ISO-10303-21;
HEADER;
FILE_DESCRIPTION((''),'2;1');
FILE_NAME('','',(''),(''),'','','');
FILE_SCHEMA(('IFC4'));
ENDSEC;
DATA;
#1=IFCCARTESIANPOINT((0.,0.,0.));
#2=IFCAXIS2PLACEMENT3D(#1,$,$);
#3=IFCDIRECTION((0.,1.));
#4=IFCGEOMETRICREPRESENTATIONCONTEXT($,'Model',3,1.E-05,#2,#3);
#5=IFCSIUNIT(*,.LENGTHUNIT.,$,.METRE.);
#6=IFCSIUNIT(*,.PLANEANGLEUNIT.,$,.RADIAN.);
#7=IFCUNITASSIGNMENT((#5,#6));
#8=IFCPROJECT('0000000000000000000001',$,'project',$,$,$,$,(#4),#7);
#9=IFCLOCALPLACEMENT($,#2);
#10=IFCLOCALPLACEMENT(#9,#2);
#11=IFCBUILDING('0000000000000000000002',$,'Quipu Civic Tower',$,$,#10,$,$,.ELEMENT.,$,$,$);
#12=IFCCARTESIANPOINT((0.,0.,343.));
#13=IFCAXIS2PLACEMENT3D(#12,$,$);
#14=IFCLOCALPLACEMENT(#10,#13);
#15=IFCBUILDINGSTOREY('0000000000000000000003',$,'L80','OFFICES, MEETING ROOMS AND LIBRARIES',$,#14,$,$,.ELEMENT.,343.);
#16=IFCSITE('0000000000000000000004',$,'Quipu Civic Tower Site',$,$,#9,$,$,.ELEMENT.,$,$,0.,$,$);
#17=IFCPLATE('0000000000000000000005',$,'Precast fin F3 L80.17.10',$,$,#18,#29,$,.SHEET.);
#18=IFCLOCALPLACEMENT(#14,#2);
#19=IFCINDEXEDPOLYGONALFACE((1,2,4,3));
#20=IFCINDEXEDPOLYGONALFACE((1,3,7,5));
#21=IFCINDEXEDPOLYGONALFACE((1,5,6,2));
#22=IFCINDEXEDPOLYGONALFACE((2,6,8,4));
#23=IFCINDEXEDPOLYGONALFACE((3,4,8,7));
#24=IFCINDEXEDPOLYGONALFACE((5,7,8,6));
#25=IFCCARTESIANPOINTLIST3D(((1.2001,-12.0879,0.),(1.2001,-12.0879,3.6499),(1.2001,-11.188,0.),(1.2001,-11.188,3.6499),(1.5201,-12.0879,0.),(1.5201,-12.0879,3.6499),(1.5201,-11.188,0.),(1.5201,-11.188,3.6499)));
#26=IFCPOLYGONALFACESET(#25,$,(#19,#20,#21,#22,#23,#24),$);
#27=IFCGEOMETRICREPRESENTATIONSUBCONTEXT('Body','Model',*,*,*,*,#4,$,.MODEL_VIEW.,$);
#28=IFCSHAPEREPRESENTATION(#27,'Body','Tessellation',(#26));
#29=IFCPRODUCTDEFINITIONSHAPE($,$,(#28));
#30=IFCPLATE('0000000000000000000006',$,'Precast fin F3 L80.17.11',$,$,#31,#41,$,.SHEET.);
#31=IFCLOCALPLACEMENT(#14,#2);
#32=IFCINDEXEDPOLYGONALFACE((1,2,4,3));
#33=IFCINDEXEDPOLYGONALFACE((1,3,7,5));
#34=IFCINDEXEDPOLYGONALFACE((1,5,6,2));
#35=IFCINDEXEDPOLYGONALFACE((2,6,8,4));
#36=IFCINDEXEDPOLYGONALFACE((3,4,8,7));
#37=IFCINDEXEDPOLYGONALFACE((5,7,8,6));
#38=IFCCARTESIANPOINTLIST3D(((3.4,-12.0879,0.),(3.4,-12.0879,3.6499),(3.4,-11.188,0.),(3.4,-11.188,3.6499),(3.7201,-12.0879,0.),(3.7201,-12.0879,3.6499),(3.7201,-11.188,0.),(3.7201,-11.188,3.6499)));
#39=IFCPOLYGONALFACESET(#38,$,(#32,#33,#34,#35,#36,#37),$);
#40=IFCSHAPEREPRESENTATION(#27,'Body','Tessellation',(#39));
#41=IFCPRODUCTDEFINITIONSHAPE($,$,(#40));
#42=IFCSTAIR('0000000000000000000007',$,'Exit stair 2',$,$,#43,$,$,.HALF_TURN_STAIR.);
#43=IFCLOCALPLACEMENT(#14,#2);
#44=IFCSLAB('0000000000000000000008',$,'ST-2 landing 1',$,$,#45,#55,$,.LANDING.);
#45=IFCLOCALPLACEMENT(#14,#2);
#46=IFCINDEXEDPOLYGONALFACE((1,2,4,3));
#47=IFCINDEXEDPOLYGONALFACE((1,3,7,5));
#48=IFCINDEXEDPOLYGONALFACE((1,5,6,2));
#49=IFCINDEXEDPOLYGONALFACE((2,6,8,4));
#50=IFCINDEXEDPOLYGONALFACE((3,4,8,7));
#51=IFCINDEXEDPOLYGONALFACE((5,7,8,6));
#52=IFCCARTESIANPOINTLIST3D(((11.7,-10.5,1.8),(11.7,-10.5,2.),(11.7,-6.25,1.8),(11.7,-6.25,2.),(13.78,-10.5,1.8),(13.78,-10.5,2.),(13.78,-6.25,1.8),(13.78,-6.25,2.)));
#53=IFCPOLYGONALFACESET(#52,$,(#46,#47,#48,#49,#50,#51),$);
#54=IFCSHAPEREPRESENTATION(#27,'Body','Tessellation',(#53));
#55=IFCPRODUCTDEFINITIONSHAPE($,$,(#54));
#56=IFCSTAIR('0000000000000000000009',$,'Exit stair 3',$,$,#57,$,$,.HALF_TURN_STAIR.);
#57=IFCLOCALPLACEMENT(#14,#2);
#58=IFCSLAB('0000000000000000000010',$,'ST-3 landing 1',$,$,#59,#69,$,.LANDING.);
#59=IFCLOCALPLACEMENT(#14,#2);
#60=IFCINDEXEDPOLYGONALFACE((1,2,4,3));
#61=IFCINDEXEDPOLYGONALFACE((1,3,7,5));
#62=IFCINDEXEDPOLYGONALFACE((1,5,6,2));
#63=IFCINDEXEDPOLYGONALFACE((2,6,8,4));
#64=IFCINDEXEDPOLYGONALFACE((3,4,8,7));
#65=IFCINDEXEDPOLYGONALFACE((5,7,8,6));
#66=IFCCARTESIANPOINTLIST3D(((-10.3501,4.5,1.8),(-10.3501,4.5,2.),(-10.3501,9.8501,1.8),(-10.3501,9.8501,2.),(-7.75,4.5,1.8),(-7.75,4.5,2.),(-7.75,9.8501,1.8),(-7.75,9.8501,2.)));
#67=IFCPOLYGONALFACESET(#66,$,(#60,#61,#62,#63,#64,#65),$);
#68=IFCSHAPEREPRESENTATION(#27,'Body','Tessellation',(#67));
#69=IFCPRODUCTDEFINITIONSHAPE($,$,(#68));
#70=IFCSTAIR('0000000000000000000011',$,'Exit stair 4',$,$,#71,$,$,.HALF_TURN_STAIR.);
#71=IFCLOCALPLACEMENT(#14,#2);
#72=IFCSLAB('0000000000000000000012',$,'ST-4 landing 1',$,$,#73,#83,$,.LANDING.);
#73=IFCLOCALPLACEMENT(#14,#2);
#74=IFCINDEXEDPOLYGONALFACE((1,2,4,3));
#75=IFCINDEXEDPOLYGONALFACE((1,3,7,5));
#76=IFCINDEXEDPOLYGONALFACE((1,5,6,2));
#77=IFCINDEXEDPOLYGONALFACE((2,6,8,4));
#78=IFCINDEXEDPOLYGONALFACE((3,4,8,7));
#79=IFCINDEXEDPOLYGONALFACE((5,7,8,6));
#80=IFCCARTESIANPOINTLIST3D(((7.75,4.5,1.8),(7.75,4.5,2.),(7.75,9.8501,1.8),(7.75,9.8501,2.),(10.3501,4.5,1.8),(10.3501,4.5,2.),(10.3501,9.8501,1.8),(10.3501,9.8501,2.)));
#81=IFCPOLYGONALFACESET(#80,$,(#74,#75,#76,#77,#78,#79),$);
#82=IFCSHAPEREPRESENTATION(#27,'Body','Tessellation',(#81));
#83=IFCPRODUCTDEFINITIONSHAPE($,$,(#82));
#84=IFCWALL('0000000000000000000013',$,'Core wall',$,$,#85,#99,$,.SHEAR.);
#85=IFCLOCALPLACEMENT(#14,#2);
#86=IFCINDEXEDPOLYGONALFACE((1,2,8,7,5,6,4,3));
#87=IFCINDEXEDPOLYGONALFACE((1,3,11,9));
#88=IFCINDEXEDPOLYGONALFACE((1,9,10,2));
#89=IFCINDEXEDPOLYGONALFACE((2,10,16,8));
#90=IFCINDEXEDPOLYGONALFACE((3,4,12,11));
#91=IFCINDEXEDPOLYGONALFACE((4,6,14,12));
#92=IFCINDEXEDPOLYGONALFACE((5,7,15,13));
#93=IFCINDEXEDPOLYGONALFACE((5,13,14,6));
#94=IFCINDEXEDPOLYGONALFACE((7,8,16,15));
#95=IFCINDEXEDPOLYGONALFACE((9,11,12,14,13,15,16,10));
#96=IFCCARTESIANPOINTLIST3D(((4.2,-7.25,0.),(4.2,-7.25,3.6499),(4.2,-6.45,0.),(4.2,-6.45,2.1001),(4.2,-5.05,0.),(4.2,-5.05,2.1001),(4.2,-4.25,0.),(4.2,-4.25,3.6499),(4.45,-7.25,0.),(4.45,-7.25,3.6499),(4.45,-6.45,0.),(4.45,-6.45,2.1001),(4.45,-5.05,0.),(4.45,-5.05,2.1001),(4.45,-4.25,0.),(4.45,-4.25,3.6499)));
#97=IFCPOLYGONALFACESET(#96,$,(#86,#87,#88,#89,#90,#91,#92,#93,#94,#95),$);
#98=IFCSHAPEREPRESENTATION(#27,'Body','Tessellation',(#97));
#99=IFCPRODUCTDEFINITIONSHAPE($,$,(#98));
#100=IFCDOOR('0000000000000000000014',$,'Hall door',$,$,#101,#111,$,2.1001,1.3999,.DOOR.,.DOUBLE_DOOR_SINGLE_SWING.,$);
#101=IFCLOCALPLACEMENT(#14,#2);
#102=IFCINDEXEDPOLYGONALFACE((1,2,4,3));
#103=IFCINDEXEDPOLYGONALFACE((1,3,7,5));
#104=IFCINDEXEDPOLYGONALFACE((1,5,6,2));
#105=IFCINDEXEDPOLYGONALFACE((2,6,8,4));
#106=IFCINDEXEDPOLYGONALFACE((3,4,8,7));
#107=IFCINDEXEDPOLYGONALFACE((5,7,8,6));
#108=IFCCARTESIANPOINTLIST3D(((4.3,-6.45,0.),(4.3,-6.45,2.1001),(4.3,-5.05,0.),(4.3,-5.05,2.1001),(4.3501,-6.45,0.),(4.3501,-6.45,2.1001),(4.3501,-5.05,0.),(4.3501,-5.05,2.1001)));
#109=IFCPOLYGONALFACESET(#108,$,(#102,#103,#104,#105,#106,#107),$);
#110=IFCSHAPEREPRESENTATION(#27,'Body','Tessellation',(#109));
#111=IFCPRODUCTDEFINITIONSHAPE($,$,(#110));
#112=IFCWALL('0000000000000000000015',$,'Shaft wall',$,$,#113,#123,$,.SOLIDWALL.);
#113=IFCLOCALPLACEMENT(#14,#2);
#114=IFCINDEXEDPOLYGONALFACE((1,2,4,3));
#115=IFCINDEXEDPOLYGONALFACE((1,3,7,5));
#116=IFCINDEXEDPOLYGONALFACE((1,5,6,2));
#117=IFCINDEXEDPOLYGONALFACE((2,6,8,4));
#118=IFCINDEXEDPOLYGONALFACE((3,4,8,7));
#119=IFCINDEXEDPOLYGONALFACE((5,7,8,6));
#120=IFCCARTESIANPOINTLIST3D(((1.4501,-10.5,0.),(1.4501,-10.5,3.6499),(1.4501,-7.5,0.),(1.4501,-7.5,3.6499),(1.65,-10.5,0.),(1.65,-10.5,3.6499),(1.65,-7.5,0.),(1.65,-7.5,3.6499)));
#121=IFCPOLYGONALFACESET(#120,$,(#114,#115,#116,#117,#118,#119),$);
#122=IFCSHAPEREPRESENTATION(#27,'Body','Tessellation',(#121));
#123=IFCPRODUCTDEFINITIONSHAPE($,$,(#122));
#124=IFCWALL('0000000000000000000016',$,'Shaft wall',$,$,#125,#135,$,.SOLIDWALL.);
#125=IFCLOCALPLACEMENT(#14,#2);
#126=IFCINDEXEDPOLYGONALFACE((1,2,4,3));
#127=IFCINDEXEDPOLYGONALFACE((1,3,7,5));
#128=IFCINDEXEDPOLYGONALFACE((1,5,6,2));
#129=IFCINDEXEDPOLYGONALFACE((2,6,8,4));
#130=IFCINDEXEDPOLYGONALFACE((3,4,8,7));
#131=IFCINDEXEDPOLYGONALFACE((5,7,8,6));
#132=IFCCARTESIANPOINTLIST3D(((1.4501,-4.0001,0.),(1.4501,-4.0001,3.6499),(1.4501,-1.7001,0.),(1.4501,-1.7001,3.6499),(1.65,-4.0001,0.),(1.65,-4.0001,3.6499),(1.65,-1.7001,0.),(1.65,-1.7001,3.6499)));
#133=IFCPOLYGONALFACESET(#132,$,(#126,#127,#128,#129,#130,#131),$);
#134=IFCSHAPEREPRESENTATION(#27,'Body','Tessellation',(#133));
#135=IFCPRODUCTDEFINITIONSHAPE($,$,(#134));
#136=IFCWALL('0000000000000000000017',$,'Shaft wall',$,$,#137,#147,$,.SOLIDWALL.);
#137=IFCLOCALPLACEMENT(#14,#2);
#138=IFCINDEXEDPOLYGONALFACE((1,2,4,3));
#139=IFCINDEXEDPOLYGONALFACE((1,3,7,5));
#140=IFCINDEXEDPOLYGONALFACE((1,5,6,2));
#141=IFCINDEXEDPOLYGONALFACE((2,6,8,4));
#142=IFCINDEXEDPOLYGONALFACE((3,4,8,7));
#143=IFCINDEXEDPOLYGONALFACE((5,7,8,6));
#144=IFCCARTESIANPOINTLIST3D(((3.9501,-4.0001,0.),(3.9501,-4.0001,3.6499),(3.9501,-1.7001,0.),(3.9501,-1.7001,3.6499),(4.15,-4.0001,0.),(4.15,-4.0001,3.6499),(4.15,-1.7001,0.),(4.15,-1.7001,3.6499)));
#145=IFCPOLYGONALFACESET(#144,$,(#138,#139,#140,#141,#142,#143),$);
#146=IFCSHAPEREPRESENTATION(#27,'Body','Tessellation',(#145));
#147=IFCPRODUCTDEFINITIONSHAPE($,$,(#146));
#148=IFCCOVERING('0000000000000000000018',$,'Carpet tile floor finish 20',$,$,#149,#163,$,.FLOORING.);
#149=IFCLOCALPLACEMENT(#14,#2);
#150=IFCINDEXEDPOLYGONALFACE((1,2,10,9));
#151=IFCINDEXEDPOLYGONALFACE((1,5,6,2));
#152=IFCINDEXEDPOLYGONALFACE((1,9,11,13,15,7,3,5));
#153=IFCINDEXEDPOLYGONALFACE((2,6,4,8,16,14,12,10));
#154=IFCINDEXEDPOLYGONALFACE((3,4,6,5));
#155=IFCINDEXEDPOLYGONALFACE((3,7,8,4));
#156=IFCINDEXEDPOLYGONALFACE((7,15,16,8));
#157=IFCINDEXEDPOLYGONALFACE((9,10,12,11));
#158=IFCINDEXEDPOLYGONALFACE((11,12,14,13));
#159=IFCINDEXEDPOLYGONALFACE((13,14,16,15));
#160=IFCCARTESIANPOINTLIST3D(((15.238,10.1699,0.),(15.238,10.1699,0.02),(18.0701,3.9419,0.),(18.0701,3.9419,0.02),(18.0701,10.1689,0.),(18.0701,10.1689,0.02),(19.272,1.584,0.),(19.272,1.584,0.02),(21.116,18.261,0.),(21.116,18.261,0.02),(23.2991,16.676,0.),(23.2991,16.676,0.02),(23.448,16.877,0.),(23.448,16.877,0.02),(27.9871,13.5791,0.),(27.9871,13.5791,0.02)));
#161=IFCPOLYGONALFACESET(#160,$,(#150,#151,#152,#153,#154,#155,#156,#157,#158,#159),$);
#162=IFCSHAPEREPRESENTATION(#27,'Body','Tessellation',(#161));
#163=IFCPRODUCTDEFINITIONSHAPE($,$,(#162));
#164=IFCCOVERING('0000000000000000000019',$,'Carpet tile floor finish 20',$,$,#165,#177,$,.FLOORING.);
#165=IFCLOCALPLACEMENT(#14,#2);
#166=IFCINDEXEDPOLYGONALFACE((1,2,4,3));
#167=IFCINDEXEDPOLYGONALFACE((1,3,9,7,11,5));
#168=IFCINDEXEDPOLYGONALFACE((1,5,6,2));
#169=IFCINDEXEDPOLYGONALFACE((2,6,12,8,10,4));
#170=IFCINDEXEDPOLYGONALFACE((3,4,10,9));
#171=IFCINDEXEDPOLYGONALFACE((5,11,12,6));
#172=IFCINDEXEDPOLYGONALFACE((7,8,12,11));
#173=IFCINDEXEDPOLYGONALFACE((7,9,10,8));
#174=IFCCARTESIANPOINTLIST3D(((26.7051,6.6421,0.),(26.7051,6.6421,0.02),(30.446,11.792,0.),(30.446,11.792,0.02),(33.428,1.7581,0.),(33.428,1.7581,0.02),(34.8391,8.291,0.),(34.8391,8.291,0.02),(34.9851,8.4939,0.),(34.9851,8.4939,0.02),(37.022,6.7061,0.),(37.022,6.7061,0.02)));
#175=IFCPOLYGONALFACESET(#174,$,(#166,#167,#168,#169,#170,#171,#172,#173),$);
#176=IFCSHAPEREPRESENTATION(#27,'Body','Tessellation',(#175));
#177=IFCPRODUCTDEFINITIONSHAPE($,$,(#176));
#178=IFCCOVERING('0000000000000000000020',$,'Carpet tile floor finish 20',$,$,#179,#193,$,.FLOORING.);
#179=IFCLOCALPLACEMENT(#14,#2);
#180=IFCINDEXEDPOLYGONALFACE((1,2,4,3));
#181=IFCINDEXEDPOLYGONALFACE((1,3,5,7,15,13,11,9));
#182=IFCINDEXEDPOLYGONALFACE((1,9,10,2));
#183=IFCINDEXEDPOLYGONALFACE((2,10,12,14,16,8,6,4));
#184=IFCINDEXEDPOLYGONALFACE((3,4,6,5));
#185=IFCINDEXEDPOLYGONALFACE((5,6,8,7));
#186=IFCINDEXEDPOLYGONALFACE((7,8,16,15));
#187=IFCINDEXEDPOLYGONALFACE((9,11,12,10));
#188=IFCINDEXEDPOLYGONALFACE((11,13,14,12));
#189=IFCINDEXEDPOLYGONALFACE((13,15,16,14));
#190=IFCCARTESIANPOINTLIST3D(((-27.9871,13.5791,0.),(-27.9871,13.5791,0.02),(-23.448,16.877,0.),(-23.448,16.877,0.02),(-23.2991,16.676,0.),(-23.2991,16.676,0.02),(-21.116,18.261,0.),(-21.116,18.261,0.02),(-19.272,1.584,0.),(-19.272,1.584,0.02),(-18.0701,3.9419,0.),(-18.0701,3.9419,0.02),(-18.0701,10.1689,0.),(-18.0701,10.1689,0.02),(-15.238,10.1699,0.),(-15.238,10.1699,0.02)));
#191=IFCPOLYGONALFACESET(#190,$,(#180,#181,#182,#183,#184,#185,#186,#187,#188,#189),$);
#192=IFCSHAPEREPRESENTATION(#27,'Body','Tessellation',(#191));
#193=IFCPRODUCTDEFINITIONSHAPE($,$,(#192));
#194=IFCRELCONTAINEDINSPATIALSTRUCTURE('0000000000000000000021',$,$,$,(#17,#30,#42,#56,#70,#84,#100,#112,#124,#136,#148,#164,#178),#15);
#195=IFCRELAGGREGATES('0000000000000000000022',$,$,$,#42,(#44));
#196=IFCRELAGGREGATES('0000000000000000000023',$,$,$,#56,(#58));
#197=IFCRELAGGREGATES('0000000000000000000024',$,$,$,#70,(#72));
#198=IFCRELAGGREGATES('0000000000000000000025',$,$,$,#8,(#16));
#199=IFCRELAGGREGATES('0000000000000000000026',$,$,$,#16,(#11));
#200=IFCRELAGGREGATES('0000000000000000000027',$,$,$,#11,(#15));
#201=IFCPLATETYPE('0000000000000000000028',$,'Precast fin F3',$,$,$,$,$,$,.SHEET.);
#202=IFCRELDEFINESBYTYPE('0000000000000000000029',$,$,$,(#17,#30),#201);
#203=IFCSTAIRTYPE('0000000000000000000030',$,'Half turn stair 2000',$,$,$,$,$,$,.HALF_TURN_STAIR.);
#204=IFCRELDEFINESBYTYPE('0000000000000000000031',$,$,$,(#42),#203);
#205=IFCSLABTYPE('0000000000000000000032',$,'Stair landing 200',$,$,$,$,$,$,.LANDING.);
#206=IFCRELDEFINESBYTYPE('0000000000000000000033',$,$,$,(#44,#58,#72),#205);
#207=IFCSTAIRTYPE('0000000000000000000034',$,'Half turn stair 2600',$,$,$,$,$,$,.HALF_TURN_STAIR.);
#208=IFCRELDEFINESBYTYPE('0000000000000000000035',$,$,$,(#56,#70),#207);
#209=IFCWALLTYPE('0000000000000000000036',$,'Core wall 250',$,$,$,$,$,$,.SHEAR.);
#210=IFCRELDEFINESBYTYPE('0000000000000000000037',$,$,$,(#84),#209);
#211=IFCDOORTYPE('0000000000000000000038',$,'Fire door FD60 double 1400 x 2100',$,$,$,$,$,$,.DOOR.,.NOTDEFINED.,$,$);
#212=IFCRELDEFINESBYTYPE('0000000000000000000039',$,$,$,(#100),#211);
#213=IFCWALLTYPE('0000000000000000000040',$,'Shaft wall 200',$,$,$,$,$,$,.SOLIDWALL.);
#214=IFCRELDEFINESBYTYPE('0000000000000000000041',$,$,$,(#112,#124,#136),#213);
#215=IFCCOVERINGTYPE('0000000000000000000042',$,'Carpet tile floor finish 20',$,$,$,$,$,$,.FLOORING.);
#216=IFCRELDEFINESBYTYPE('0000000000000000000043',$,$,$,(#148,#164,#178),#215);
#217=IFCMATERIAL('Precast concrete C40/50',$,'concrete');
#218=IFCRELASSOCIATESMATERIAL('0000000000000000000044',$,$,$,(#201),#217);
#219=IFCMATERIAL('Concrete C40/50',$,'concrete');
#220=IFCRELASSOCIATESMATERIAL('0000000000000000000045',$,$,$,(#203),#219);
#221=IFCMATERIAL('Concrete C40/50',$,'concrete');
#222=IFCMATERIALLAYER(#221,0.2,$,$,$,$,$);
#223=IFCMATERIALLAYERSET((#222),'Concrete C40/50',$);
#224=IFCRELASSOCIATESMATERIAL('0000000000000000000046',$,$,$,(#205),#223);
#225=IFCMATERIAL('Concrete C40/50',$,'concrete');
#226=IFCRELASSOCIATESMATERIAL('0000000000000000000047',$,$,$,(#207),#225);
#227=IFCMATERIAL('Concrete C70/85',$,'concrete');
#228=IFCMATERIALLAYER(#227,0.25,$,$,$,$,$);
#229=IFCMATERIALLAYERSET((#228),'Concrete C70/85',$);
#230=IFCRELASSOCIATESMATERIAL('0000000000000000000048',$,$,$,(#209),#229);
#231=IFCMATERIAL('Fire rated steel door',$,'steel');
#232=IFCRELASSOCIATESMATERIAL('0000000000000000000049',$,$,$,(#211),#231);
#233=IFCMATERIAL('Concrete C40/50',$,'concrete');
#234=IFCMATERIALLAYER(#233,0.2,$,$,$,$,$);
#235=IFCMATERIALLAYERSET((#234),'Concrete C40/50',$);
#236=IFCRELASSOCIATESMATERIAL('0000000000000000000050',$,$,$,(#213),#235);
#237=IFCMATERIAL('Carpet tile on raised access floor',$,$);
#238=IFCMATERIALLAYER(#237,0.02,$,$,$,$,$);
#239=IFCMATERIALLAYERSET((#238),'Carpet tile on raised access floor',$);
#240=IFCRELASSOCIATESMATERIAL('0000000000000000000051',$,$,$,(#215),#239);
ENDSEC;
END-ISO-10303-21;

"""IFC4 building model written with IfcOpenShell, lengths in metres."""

from ifc_helpers import new_model, si_unit, direction, frame, frame_2d, origin, origin_2d, place, context, subcontext, project, spatial, polyline, rectangle, outline, extrude, material, layer, layer_set, type_object, element, fill, aggregate, save


model = new_model("IFC4")

# Units and contexts
model_context = context("Model", 3, precision=1e-05, world=origin(), true_north=direction((0.0, 1.0)))
body_context = subcontext(model_context, "Body", "Model", "MODEL_VIEW")
ifc_project = project(units=[si_unit("LENGTHUNIT", "METRE"), si_unit("PLANEANGLEUNIT", "RADIAN")], contexts=[model_context])

# Site, building, storey
site_placement = place(None, origin())
site = spatial("IfcSite", under=ifc_project, at=site_placement, Name="Quipu Civic Tower Site", CompositionType="ELEMENT", RefElevation=0.0)
building_placement = place(site_placement, origin())
building = spatial("IfcBuilding", under=site, at=building_placement, Name="Quipu Civic Tower", CompositionType="ELEMENT")
storey_placement = place(building_placement, frame((0.0, 0.0, 343.0)))
storey = spatial("IfcBuildingStorey", under=building, at=storey_placement, Name="L80", Description="OFFICES, MEETING ROOMS AND LIBRARIES", CompositionType="ELEMENT", Elevation=343.0)

# Plates
ifc_material_1 = material(Name="Precast concrete C40/50", Category="concrete")
plate_type = type_object("IfcPlateType", Name="Precast fin F3", PredefinedType="SHEET", material=ifc_material_1)
for number, where, z_axis, x_axis, name in (
    (1, (1.3601, -11.6379, 0.0), (0.0, 0.0, 1.0), (1.0, 0.0, 0.0), "Precast fin F3 L80.17.10"),
    (2, (3.5601, -11.6379, 0.0), (0.0, 0.0, 1.0), (1.0, 0.0, 0.0), "Precast fin F3 L80.17.11"),
):
    element("IfcPlate", number, at=place(storey_placement, frame(where, z_axis=z_axis, x_axis=x_axis)), inside=storey, type_object=plate_type, Name=name, PredefinedType="SHEET", context=body_context, shape_type="SweptSolid", body=[
        extrude(rectangle(XDim=0.3201, YDim=0.8999, at=origin_2d()), origin(), (0.0, 0.0, 1.0), 3.6499),
    ])

# Stairs, slabs
ifc_material_2 = material(Name="Concrete C40/50", Category="concrete")
stair_type_1 = type_object("IfcStairType", Name="Half turn stair 2000", PredefinedType="HALF_TURN_STAIR", material=ifc_material_2)
stair_1_placement = place(storey_placement, origin())
stair_1 = element("IfcStair", 3, at=stair_1_placement, inside=storey, type_object=stair_type_1, Name="Exit stair 2", PredefinedType="HALF_TURN_STAIR")
ifc_material_3 = material(Name="Concrete C40/50", Category="concrete")
ifc_layer_1 = layer(ifc_material_3, 0.2)
ifc_layer_set_1 = layer_set([ifc_layer_1], Name="Concrete C40/50")
slab_type = type_object("IfcSlabType", Name="Stair landing 200", PredefinedType="LANDING", material=ifc_layer_set_1)
slab_1_placement = place(storey_placement, frame((0.0, 0.0, 1.8)))
slab_1 = element("IfcSlab", 4, at=slab_1_placement, type_object=slab_type, Name="ST-2 landing 1", PredefinedType="LANDING", context=body_context, shape_type="SweptSolid", body=[
    extrude(outline(polyline([(13.78, -6.25), (11.7, -6.25), (11.7, -10.5), (13.78, -10.5), (13.78, -6.25)])), origin(), (0.0, 0.0, 1.0), 0.2),
])
aggregate(stair_1, [slab_1])
ifc_material_4 = material(Name="Concrete C40/50", Category="concrete")
stair_type_2 = type_object("IfcStairType", Name="Half turn stair 2600", PredefinedType="HALF_TURN_STAIR", material=ifc_material_4)
stair_2_placement = place(storey_placement, origin())
stair_2 = element("IfcStair", 5, at=stair_2_placement, inside=storey, type_object=stair_type_2, Name="Exit stair 3", PredefinedType="HALF_TURN_STAIR")
slab_2_placement = place(storey_placement, frame((0.0, 0.0, 1.8)))
slab_2 = element("IfcSlab", 6, at=slab_2_placement, type_object=slab_type, Name="ST-3 landing 1", PredefinedType="LANDING", context=body_context, shape_type="SweptSolid", body=[
    extrude(outline(polyline([(-10.3501, 4.5), (-7.75, 4.5), (-7.75, 9.8501), (-10.3501, 9.8501), (-10.3501, 4.5)])), origin(), (0.0, 0.0, 1.0), 0.2),
])
aggregate(stair_2, [slab_2])
stair_3_placement = place(storey_placement, origin())
stair_3 = element("IfcStair", 7, at=stair_3_placement, inside=storey, type_object=stair_type_2, Name="Exit stair 4", PredefinedType="HALF_TURN_STAIR")
slab_3_placement = place(storey_placement, frame((0.0, 0.0, 1.8)))
slab_3 = element("IfcSlab", 8, at=slab_3_placement, type_object=slab_type, Name="ST-4 landing 1", PredefinedType="LANDING", context=body_context, shape_type="SweptSolid", body=[
    extrude(outline(polyline([(10.3501, 9.8501), (7.75, 9.8501), (7.75, 4.5), (10.3501, 4.5), (10.3501, 9.8501)])), origin(), (0.0, 0.0, 1.0), 0.2),
])
aggregate(stair_3, [slab_3])

# Wall, opening, door
ifc_material_5 = material(Name="Concrete C70/85", Category="concrete")
ifc_layer_2 = layer(ifc_material_5, 0.25)
ifc_layer_set_2 = layer_set([ifc_layer_2], Name="Concrete C70/85")
wall_type_1 = type_object("IfcWallType", Name="Core wall 250", PredefinedType="SHEAR", material=ifc_layer_set_2)
wall_1_placement = place(storey_placement, frame((4.325, -7.25, 0.0), z_axis=(0.0, 0.0, 1.0), x_axis=(0.0, 1.0, 0.0)))
wall_1 = element("IfcWall", 9, at=wall_1_placement, inside=storey, type_object=wall_type_1, Name="Core wall", PredefinedType="SHEAR", context=body_context, shape_type="SweptSolid", body=[
    extrude(rectangle(XDim=3.0, YDim=0.25, at=frame_2d((1.5, 0.0))), origin(), (0.0, 0.0, 1.0), 3.6499),
])
opening_placement = place(wall_1_placement, frame((0.8, 0.0, 0.0)))
opening = element("IfcOpeningElement", 10, at=opening_placement, cuts=wall_1, PredefinedType="OPENING", context=body_context, shape_type="SweptSolid", body=[
    extrude(rectangle(XDim=1.3999, YDim=2.1001, at=frame_2d((0.7, 1.05))), frame((0.0, 0.135, 0.0), z_axis=(0.0, -1.0, 0.0), x_axis=(1.0, 0.0, 0.0)), (0.0, 0.0, 1.0), 0.27),
])
ifc_material_6 = material(Name="Fire rated steel door", Category="steel")
door_type = type_object("IfcDoorType", Name="Fire door FD60 double 1400 x 2100", OperationType="NOTDEFINED", PredefinedType="DOOR", material=ifc_material_6)
door_placement = place(opening_placement, origin())
door = element("IfcDoor", 11, at=door_placement, inside=storey, type_object=door_type, Name="Hall door", OperationType="DOUBLE_DOOR_SINGLE_SWING", OverallHeight=2.1001, OverallWidth=1.3999, PredefinedType="DOOR", context=body_context, shape_type="SweptSolid", body=[
    extrude(rectangle(XDim=1.3999, YDim=2.1001, at=frame_2d((0.7, 1.05))), frame((0.0, 0.0249, 0.0), z_axis=(0.0, -1.0, 0.0), x_axis=(1.0, 0.0, 0.0)), (0.0, 0.0, 1.0), 0.05),
])
fill(opening, door)

# Walls
ifc_material_7 = material(Name="Concrete C40/50", Category="concrete")
ifc_layer_3 = layer(ifc_material_7, 0.2)
ifc_layer_set_3 = layer_set([ifc_layer_3], Name="Concrete C40/50")
wall_type_2 = type_object("IfcWallType", Name="Shaft wall 200", PredefinedType="SOLIDWALL", material=ifc_layer_set_3)
wall_2_placement = place(storey_placement, frame((1.55, -10.5, 0.0), z_axis=(0.0, 0.0, 1.0), x_axis=(0.0, 1.0, 0.0)))
element("IfcWall", 12, at=wall_2_placement, inside=storey, type_object=wall_type_2, Name="Shaft wall", PredefinedType="SOLIDWALL", context=body_context, shape_type="SweptSolid", body=[
    extrude(rectangle(XDim=3.0, YDim=0.2, at=frame_2d((1.5, 0.0))), origin(), (0.0, 0.0, 1.0), 3.6499),
])
for number, where, z_axis, x_axis, name in (
    (13, (1.55, -4.0, 0.0), (0.0, 0.0, 1.0), (0.0, 1.0, 0.0), "Shaft wall"),
    (14, (4.05, -4.0, 0.0), (0.0, 0.0, 1.0), (0.0, 1.0, 0.0), "Shaft wall"),
):
    element("IfcWall", number, at=place(storey_placement, frame(where, z_axis=z_axis, x_axis=x_axis)), inside=storey, type_object=wall_type_2, Name=name, PredefinedType="SOLIDWALL", context=body_context, shape_type="SweptSolid", body=[
        extrude(rectangle(XDim=2.3, YDim=0.2, at=frame_2d((1.1499, 0.0))), origin(), (0.0, 0.0, 1.0), 3.6499),
    ])

# Coverings
ifc_material_8 = material(Name="Carpet tile on raised access floor")
ifc_layer_4 = layer(ifc_material_8, 0.02)
ifc_layer_set_4 = layer_set([ifc_layer_4], Name="Carpet tile on raised access floor")
covering_type_1 = type_object("IfcCoveringType", Name="Carpet tile floor finish 20", PredefinedType="FLOORING", material=ifc_layer_set_4)
covering_1_placement = place(storey_placement, origin())
element("IfcCovering", 15, at=covering_1_placement, inside=storey, type_object=covering_type_1, Name="Carpet tile floor finish 20", PredefinedType="FLOORING", context=body_context, shape_type="SweptSolid", body=[
    extrude(outline(polyline([(15.238, 10.1699), (21.116, 18.261), (23.2991, 16.676), (23.448, 16.877), (27.9871, 13.5791), (19.272, 1.584), (18.0701, 3.9419), (18.0701, 10.1689), (15.238, 10.1699)])), origin(), (0.0, 0.0, 1.0), 0.02),
])
covering_2_placement = place(storey_placement, origin())
element("IfcCovering", 16, at=covering_2_placement, inside=storey, type_object=covering_type_1, Name="Carpet tile floor finish 20", PredefinedType="FLOORING", context=body_context, shape_type="SweptSolid", body=[
    extrude(outline(polyline([(26.7051, 6.6421), (30.446, 11.792), (34.9851, 8.4939), (34.8391, 8.291), (37.022, 6.7061), (33.428, 1.7581), (26.7051, 6.6421)])), origin(), (0.0, 0.0, 1.0), 0.02),
])
covering_3_placement = place(storey_placement, origin())
element("IfcCovering", 17, at=covering_3_placement, inside=storey, type_object=covering_type_1, Name="Carpet tile floor finish 20", PredefinedType="FLOORING", context=body_context, shape_type="SweptSolid", body=[
    extrude(outline(polyline([(-27.9871, 13.5791), (-23.448, 16.877), (-23.2991, 16.676), (-21.116, 18.261), (-15.238, 10.1699), (-18.0701, 10.1689), (-18.0701, 3.9419), (-19.272, 1.584), (-27.9871, 13.5791)])), origin(), (0.0, 0.0, 1.0), 0.02),
])

save(model, "model.ifc")
